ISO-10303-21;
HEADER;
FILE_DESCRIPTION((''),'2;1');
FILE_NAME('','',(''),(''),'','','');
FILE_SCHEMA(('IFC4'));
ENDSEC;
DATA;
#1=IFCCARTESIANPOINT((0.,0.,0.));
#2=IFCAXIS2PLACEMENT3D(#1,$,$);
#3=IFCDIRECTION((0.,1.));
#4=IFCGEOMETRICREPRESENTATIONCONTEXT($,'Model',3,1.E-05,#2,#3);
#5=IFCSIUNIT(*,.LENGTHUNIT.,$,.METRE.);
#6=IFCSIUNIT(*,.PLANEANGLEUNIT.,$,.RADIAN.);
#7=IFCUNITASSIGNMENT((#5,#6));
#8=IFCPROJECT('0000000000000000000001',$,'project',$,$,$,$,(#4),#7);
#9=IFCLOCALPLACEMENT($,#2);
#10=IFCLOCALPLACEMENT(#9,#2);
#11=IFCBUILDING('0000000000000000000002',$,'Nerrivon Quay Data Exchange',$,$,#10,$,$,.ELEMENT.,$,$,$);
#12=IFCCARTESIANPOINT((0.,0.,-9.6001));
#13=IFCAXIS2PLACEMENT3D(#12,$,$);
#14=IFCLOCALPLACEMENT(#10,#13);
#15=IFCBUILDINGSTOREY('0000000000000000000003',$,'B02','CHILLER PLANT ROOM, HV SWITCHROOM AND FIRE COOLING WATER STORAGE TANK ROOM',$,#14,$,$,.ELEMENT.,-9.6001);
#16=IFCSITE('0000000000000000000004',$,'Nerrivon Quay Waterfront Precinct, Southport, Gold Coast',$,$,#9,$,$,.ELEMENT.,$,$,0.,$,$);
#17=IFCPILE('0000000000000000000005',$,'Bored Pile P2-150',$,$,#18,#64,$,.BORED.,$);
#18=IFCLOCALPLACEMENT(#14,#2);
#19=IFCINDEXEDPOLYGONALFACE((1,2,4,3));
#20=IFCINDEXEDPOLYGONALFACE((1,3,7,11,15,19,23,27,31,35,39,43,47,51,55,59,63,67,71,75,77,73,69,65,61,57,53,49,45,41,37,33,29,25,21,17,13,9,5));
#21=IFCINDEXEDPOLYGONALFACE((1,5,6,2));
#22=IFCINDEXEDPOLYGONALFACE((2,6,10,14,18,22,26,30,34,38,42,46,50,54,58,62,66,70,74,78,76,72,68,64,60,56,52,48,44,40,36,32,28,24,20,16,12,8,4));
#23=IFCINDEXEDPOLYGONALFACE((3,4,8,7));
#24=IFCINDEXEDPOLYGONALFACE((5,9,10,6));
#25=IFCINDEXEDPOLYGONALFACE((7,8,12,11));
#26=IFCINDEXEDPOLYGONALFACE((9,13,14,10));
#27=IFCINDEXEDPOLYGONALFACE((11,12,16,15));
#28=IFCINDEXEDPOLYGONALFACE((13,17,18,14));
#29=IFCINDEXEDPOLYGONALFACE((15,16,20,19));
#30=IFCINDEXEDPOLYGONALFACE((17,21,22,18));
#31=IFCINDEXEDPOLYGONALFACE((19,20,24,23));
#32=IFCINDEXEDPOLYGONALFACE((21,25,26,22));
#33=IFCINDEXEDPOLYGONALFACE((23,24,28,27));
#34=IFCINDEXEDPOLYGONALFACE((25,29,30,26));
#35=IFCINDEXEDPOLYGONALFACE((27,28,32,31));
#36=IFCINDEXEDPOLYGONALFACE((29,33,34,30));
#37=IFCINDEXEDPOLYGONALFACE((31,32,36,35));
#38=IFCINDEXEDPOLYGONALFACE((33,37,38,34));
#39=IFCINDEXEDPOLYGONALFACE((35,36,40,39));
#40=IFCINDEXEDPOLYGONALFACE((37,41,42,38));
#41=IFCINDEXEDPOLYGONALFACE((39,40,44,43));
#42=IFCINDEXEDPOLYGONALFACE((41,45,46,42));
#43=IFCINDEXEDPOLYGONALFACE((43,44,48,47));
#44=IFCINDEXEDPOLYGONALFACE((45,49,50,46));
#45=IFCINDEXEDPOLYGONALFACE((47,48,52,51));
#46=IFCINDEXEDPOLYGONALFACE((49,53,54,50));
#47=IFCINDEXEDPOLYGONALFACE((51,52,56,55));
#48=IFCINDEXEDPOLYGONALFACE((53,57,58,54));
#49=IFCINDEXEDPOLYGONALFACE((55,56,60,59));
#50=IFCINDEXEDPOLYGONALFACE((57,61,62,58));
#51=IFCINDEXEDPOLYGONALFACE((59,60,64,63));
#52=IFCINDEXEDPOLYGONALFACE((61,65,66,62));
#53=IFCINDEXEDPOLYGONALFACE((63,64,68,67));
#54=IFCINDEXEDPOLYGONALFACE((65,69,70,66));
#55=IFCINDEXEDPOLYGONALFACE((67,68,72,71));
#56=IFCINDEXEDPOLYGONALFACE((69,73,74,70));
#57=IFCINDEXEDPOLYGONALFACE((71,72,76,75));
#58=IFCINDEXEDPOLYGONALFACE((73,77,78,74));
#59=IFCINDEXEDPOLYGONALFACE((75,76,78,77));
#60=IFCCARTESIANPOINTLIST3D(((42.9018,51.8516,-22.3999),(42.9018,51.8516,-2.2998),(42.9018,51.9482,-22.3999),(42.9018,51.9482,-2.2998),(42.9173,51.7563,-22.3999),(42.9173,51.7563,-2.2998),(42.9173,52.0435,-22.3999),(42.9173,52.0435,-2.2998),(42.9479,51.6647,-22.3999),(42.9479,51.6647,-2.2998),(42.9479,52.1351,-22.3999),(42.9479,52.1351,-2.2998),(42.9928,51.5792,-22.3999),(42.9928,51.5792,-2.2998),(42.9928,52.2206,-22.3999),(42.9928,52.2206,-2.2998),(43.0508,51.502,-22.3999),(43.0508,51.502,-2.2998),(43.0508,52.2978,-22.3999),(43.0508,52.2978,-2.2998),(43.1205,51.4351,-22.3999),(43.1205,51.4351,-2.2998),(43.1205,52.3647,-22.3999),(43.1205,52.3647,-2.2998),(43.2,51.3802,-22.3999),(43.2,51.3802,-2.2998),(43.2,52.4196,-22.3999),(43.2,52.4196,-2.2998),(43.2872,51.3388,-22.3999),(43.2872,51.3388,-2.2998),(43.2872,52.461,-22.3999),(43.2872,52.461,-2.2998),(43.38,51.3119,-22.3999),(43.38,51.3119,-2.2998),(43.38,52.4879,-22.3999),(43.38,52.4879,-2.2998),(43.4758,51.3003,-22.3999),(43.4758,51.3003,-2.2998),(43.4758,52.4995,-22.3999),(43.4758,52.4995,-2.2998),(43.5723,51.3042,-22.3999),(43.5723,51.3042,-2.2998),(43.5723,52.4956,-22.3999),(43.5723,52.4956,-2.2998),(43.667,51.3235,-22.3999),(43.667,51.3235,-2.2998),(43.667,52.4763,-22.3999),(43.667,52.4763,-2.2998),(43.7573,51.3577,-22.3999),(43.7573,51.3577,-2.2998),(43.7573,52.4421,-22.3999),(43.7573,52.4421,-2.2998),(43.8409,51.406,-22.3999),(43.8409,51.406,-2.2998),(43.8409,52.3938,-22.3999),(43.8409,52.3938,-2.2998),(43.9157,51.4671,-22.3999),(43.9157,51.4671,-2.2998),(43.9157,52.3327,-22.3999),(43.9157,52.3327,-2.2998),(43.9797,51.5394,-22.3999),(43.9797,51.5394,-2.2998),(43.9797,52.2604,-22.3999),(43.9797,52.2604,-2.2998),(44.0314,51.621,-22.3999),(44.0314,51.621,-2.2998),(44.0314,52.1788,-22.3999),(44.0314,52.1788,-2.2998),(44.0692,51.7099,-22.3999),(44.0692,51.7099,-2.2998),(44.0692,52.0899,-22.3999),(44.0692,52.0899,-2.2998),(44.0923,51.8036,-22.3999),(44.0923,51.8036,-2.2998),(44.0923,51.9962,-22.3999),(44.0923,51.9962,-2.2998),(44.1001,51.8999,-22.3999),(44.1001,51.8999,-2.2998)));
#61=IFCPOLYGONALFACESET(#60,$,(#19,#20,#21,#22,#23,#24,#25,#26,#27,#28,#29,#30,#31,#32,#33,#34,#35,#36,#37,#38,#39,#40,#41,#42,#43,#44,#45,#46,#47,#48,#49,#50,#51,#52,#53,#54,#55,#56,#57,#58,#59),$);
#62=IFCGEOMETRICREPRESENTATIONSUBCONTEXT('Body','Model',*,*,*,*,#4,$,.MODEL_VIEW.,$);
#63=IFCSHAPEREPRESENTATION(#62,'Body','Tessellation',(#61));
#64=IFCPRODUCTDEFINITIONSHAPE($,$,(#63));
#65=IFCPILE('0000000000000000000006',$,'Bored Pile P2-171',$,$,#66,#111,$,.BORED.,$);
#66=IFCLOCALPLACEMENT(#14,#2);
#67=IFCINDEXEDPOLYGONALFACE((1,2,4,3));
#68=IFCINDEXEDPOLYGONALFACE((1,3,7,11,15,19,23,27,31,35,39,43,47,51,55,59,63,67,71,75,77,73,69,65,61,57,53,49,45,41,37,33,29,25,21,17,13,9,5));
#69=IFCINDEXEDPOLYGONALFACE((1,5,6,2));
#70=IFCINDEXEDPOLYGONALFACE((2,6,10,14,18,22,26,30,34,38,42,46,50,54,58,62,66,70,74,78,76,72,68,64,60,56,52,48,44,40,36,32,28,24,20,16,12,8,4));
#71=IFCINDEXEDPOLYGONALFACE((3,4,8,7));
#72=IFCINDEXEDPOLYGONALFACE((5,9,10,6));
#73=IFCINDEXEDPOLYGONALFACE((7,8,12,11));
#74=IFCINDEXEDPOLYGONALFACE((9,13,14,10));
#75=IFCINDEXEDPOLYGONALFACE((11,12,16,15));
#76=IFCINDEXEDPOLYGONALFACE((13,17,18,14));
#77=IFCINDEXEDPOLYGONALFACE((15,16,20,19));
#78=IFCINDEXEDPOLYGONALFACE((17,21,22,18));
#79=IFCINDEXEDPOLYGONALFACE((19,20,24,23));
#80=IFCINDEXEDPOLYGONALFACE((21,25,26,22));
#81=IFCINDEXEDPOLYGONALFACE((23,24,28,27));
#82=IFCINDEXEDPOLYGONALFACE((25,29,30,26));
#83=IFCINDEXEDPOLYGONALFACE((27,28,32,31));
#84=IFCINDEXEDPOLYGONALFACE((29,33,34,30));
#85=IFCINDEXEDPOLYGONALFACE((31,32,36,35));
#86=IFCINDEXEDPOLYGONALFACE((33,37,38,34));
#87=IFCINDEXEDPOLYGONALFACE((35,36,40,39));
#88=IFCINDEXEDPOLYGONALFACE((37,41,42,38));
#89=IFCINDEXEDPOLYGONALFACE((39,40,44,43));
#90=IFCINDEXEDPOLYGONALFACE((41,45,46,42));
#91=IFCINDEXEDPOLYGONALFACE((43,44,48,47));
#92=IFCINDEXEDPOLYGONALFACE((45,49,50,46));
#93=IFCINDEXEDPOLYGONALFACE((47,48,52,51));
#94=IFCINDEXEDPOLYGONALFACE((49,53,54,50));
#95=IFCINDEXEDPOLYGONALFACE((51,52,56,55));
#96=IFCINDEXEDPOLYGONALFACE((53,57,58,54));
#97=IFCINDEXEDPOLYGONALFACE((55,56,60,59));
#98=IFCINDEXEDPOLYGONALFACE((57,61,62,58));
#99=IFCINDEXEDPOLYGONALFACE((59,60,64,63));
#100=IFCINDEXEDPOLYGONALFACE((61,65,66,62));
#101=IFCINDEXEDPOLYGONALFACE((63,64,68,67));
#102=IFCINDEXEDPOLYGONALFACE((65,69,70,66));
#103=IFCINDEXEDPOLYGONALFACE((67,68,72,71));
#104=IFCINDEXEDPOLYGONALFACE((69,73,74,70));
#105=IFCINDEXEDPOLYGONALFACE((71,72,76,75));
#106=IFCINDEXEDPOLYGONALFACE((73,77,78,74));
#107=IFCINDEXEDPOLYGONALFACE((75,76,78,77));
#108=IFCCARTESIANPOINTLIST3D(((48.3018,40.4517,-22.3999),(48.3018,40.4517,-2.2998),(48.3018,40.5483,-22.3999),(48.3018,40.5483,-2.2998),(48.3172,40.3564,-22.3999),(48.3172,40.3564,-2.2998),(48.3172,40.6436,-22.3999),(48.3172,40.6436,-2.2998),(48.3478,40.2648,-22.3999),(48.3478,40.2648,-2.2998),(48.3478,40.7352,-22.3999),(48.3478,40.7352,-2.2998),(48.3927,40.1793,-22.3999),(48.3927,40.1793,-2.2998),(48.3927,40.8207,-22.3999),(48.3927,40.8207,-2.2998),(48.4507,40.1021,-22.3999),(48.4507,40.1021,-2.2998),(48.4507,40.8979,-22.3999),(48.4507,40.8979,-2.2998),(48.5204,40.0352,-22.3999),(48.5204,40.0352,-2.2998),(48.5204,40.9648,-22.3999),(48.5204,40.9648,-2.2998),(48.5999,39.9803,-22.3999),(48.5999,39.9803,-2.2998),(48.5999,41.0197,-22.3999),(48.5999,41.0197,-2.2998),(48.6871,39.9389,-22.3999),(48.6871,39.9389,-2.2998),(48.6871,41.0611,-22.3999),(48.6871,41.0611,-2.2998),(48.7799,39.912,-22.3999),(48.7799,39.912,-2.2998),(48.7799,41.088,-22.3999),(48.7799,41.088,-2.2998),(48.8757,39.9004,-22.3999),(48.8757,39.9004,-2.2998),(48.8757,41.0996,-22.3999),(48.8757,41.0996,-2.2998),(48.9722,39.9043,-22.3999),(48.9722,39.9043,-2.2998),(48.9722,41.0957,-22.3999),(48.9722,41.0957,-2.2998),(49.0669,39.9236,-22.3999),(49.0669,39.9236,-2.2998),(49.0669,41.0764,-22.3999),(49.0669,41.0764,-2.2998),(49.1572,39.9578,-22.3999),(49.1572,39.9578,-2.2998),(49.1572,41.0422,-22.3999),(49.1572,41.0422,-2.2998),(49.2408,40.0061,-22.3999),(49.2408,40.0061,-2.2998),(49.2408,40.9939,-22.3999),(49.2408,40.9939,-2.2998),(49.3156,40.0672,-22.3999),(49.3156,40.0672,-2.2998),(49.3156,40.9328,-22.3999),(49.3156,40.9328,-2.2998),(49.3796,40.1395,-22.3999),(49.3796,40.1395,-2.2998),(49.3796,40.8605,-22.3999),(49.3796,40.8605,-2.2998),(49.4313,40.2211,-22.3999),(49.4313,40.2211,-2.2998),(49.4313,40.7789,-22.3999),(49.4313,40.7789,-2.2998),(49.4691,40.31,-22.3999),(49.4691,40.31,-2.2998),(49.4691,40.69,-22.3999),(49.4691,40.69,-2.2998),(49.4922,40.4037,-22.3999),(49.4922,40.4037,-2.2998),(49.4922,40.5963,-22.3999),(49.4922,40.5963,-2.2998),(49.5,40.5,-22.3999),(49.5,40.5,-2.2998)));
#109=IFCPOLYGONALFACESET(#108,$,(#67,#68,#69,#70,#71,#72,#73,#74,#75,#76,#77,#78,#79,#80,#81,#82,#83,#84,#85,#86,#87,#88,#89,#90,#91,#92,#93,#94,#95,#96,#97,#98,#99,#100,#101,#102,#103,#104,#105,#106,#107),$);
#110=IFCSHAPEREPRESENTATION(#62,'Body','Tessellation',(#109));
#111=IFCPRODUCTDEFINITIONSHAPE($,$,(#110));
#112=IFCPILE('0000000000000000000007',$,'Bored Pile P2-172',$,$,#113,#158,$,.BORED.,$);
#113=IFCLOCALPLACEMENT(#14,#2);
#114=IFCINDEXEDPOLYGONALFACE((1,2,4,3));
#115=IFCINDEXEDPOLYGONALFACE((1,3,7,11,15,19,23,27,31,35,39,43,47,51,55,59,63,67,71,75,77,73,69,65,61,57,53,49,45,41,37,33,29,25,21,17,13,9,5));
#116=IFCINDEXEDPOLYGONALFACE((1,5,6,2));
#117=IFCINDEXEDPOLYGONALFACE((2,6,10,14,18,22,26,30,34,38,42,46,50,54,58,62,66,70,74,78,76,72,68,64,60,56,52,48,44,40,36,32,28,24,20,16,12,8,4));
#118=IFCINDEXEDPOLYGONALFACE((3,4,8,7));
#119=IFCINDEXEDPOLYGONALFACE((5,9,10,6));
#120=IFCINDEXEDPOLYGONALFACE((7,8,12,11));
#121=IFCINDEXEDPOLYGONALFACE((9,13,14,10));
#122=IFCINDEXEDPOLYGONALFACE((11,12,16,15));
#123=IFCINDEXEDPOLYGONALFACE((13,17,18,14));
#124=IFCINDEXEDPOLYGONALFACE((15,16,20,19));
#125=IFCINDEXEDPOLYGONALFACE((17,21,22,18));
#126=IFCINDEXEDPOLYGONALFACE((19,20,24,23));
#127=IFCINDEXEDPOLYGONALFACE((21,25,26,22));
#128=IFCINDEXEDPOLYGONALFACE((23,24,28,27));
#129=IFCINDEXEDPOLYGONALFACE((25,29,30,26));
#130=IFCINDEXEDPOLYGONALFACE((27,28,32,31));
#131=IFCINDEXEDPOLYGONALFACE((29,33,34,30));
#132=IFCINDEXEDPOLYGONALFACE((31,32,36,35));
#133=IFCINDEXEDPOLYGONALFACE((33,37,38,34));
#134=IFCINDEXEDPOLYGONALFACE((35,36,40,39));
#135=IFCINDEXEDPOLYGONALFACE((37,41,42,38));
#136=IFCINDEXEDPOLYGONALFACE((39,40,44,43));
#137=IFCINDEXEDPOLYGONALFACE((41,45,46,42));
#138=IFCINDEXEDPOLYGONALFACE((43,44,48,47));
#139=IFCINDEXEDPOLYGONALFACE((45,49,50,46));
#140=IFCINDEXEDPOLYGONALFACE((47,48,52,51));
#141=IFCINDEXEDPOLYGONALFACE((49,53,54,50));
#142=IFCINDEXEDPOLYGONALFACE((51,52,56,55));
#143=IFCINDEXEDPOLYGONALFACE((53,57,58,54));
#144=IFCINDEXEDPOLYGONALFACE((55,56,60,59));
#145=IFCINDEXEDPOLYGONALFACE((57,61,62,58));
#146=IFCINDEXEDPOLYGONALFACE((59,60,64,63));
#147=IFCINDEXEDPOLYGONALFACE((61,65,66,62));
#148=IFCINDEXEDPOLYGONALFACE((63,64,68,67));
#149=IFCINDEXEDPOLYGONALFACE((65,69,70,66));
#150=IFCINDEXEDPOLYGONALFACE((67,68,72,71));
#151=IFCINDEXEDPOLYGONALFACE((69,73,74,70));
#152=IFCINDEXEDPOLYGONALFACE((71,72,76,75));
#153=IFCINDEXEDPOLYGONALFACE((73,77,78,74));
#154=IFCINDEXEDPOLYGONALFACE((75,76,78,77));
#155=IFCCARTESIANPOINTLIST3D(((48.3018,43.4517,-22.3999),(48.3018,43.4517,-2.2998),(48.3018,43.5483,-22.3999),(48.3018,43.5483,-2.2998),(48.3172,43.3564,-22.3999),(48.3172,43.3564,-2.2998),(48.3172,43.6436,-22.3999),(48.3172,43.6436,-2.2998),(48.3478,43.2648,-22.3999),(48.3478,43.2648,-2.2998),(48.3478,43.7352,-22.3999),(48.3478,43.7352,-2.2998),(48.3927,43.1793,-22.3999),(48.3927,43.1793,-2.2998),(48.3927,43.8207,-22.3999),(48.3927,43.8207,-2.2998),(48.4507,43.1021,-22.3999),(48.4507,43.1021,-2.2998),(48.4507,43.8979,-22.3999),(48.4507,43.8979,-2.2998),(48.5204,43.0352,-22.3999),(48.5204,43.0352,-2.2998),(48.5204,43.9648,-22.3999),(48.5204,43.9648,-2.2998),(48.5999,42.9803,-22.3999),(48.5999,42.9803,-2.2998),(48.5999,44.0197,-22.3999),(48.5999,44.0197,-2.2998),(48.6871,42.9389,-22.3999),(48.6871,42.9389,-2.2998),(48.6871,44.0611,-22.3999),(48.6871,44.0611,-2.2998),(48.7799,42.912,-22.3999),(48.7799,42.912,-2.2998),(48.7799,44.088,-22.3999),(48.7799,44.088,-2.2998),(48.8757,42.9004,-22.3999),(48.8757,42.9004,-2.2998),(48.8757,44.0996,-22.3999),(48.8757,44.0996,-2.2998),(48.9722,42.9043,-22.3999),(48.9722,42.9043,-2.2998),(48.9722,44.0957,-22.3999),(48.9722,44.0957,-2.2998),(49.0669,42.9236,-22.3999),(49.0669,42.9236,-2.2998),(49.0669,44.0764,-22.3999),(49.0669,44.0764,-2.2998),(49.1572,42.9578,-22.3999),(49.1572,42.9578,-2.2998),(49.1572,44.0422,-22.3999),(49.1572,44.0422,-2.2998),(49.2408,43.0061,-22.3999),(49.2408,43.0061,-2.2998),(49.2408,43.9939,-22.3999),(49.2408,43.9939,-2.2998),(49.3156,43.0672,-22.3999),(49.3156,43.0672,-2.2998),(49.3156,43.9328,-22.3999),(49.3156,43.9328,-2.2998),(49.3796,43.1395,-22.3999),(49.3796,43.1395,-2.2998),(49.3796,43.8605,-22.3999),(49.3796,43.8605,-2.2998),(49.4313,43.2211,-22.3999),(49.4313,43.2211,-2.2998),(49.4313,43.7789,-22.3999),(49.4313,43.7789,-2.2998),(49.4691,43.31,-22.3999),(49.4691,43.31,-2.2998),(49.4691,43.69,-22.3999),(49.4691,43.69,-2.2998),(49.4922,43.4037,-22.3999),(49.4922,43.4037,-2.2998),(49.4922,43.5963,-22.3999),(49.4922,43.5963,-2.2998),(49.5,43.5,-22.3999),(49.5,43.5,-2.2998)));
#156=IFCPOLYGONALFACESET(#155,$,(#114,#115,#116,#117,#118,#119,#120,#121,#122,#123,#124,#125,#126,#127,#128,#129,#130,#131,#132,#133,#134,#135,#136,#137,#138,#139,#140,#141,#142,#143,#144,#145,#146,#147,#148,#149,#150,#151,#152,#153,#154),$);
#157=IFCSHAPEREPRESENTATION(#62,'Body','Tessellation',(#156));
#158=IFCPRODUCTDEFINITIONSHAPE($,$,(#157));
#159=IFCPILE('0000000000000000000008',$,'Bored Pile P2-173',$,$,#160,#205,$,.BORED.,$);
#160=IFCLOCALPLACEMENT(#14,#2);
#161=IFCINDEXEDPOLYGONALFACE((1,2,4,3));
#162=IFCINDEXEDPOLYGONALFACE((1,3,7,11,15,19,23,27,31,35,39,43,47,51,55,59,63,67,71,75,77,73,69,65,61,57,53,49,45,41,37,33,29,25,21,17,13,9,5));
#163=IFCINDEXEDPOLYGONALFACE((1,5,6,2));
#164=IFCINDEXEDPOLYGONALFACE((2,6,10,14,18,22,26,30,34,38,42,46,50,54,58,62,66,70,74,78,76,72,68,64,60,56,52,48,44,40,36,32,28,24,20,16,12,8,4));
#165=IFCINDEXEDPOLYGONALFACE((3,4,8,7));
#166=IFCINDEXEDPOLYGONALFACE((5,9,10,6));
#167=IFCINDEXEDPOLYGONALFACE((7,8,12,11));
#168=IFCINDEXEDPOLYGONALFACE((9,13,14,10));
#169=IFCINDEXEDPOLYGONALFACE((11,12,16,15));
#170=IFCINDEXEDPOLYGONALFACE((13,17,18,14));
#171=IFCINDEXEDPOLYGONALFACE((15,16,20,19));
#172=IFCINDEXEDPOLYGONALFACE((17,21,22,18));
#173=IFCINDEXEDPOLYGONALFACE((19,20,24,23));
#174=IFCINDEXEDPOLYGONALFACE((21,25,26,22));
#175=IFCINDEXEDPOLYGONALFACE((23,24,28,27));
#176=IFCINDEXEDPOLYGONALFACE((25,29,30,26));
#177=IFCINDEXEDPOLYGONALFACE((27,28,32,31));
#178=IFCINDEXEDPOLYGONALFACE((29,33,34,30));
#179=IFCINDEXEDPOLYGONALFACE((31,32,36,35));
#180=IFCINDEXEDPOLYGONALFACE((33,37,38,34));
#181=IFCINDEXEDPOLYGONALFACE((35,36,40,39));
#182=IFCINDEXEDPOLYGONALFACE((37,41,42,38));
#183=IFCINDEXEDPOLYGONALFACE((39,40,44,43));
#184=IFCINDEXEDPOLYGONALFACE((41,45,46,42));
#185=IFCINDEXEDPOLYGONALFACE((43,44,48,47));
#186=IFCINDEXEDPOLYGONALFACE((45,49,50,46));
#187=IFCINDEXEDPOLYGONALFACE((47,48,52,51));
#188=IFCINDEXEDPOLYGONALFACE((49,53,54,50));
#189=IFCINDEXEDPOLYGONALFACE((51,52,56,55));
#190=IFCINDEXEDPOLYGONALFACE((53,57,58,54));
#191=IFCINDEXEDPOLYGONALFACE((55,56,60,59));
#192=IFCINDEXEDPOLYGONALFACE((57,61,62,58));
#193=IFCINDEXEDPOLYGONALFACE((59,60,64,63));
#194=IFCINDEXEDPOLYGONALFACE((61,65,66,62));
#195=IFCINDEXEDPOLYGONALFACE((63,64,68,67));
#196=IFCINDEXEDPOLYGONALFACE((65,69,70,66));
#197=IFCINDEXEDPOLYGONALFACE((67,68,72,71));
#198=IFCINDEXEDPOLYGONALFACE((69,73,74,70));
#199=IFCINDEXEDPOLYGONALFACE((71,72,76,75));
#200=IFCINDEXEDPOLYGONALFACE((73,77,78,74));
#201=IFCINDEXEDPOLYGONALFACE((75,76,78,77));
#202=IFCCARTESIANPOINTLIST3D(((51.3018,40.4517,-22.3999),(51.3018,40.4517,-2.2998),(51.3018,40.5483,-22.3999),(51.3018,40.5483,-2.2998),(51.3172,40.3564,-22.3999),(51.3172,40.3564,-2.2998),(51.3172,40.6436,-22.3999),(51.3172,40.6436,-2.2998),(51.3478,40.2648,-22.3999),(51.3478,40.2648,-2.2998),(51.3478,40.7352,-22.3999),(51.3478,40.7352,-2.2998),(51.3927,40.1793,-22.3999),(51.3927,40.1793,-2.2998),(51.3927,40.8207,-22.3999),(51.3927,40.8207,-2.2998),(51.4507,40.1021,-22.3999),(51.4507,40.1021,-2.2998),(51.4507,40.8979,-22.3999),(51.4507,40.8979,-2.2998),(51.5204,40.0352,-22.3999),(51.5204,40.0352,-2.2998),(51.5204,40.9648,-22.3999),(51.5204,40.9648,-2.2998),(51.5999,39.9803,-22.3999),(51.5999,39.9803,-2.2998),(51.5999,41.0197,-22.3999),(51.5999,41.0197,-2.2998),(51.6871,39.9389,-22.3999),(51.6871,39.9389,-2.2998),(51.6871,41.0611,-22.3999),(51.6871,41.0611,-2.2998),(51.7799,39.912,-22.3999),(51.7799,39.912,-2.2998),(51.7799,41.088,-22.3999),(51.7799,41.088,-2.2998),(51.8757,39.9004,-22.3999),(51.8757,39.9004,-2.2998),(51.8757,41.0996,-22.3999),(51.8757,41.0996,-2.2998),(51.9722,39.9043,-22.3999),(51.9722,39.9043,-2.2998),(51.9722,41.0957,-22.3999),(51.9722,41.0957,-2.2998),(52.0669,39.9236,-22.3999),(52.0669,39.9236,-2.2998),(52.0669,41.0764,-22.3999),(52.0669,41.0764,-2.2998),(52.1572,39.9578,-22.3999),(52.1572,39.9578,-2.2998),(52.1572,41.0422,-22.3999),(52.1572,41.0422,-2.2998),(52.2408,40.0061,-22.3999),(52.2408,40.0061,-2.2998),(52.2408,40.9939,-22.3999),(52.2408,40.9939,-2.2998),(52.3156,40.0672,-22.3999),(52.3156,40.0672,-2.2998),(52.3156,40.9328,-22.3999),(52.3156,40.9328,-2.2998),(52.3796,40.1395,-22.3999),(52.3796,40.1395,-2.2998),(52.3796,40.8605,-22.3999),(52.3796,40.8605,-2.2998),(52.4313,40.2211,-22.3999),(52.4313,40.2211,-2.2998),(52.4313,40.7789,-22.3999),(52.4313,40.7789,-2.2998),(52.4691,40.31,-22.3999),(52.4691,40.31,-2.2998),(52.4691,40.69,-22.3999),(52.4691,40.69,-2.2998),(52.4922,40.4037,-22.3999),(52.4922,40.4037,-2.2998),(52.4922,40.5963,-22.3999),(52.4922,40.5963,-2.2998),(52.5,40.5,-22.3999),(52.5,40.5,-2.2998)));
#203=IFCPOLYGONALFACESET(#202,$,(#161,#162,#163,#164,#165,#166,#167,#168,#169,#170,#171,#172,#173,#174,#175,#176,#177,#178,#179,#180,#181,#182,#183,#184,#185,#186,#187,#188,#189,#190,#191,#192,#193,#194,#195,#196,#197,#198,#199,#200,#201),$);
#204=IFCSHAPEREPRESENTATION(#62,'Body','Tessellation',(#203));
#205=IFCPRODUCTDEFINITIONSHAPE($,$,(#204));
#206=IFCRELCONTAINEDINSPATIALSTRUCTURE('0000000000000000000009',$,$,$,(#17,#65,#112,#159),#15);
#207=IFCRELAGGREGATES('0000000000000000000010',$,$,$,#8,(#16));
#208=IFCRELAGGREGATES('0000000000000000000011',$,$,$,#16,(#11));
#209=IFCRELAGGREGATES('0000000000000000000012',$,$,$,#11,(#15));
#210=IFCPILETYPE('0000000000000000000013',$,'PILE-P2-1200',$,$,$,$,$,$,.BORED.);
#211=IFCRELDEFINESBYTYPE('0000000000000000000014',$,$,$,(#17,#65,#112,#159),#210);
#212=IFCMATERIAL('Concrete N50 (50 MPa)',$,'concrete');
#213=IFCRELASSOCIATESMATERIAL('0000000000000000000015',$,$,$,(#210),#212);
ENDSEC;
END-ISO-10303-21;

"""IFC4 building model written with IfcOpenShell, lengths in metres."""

from ifc_helpers import new_model, si_unit, direction, frame, origin, origin_2d, place, context, subcontext, project, spatial, circle, extrude, material, material_profile, profile_set, type_object, element, save


model = new_model("IFC4")

# Units and contexts
model_context = context("Model", 3, precision=1e-05, world=origin(), true_north=direction((0.0, 1.0)))
body_context = subcontext(model_context, "Body", "Model", "MODEL_VIEW")
ifc_project = project(units=[si_unit("LENGTHUNIT", "METRE"), si_unit("PLANEANGLEUNIT", "RADIAN")], contexts=[model_context])

# Site, building, storey
site_placement = place(None, origin())
site = spatial("IfcSite", under=ifc_project, at=site_placement, Name="Nerrivon Quay Waterfront Precinct, Southport, Gold Coast", CompositionType="ELEMENT", RefElevation=0.0)
building_placement = place(site_placement, origin())
building = spatial("IfcBuilding", under=site, at=building_placement, Name="Nerrivon Quay Data Exchange", CompositionType="ELEMENT")
storey_placement = place(building_placement, frame((0.0, 0.0, -9.6001)))
storey = spatial("IfcBuildingStorey", under=building, at=storey_placement, Name="B02", Description="CHILLER PLANT ROOM, HV SWITCHROOM AND FIRE COOLING WATER STORAGE TANK ROOM", CompositionType="ELEMENT", Elevation=-9.6001)

# Piles
ifc_material_1 = material(Name="Concrete N50 (50 MPa)", Category="concrete")
ifc_material_profile_1 = material_profile(ifc_material_1, circle(Radius=0.6001, at=origin_2d()), Name="PILE-1200")
ifc_profile_set_1 = profile_set([ifc_material_profile_1], Name="Concrete N50 (50 MPa)")
pile_type = type_object("IfcPileType", Name="PILE-P2-1200", PredefinedType="BORED", material=ifc_profile_set_1)
for number, where, z_axis, x_axis, name in (
    (1, (43.5, 51.8999, -2.2998), (0.0, 0.0, -1.0), (1.0, 0.0, 0.0), "Bored Pile P2-150"),
    (2, (48.8999, 40.5, -2.2998), (0.0, 0.0, -1.0), (1.0, 0.0, 0.0), "Bored Pile P2-171"),
    (3, (48.8999, 43.5, -2.2998), (0.0, 0.0, -1.0), (1.0, 0.0, 0.0), "Bored Pile P2-172"),
    (4, (51.8999, 40.5, -2.2998), (0.0, 0.0, -1.0), (1.0, 0.0, 0.0), "Bored Pile P2-173"),
):
    element("IfcPile", number, at=place(storey_placement, frame(where, z_axis=z_axis, x_axis=x_axis)), inside=storey, type_object=pile_type, Name=name, PredefinedType="BORED", context=body_context, shape_type="SweptSolid", body=[
        extrude(circle(Radius=0.6001, at=origin_2d()), origin(), (0.0, 0.0, 1.0), 20.1001),
    ])

save(model, "model.ifc")
